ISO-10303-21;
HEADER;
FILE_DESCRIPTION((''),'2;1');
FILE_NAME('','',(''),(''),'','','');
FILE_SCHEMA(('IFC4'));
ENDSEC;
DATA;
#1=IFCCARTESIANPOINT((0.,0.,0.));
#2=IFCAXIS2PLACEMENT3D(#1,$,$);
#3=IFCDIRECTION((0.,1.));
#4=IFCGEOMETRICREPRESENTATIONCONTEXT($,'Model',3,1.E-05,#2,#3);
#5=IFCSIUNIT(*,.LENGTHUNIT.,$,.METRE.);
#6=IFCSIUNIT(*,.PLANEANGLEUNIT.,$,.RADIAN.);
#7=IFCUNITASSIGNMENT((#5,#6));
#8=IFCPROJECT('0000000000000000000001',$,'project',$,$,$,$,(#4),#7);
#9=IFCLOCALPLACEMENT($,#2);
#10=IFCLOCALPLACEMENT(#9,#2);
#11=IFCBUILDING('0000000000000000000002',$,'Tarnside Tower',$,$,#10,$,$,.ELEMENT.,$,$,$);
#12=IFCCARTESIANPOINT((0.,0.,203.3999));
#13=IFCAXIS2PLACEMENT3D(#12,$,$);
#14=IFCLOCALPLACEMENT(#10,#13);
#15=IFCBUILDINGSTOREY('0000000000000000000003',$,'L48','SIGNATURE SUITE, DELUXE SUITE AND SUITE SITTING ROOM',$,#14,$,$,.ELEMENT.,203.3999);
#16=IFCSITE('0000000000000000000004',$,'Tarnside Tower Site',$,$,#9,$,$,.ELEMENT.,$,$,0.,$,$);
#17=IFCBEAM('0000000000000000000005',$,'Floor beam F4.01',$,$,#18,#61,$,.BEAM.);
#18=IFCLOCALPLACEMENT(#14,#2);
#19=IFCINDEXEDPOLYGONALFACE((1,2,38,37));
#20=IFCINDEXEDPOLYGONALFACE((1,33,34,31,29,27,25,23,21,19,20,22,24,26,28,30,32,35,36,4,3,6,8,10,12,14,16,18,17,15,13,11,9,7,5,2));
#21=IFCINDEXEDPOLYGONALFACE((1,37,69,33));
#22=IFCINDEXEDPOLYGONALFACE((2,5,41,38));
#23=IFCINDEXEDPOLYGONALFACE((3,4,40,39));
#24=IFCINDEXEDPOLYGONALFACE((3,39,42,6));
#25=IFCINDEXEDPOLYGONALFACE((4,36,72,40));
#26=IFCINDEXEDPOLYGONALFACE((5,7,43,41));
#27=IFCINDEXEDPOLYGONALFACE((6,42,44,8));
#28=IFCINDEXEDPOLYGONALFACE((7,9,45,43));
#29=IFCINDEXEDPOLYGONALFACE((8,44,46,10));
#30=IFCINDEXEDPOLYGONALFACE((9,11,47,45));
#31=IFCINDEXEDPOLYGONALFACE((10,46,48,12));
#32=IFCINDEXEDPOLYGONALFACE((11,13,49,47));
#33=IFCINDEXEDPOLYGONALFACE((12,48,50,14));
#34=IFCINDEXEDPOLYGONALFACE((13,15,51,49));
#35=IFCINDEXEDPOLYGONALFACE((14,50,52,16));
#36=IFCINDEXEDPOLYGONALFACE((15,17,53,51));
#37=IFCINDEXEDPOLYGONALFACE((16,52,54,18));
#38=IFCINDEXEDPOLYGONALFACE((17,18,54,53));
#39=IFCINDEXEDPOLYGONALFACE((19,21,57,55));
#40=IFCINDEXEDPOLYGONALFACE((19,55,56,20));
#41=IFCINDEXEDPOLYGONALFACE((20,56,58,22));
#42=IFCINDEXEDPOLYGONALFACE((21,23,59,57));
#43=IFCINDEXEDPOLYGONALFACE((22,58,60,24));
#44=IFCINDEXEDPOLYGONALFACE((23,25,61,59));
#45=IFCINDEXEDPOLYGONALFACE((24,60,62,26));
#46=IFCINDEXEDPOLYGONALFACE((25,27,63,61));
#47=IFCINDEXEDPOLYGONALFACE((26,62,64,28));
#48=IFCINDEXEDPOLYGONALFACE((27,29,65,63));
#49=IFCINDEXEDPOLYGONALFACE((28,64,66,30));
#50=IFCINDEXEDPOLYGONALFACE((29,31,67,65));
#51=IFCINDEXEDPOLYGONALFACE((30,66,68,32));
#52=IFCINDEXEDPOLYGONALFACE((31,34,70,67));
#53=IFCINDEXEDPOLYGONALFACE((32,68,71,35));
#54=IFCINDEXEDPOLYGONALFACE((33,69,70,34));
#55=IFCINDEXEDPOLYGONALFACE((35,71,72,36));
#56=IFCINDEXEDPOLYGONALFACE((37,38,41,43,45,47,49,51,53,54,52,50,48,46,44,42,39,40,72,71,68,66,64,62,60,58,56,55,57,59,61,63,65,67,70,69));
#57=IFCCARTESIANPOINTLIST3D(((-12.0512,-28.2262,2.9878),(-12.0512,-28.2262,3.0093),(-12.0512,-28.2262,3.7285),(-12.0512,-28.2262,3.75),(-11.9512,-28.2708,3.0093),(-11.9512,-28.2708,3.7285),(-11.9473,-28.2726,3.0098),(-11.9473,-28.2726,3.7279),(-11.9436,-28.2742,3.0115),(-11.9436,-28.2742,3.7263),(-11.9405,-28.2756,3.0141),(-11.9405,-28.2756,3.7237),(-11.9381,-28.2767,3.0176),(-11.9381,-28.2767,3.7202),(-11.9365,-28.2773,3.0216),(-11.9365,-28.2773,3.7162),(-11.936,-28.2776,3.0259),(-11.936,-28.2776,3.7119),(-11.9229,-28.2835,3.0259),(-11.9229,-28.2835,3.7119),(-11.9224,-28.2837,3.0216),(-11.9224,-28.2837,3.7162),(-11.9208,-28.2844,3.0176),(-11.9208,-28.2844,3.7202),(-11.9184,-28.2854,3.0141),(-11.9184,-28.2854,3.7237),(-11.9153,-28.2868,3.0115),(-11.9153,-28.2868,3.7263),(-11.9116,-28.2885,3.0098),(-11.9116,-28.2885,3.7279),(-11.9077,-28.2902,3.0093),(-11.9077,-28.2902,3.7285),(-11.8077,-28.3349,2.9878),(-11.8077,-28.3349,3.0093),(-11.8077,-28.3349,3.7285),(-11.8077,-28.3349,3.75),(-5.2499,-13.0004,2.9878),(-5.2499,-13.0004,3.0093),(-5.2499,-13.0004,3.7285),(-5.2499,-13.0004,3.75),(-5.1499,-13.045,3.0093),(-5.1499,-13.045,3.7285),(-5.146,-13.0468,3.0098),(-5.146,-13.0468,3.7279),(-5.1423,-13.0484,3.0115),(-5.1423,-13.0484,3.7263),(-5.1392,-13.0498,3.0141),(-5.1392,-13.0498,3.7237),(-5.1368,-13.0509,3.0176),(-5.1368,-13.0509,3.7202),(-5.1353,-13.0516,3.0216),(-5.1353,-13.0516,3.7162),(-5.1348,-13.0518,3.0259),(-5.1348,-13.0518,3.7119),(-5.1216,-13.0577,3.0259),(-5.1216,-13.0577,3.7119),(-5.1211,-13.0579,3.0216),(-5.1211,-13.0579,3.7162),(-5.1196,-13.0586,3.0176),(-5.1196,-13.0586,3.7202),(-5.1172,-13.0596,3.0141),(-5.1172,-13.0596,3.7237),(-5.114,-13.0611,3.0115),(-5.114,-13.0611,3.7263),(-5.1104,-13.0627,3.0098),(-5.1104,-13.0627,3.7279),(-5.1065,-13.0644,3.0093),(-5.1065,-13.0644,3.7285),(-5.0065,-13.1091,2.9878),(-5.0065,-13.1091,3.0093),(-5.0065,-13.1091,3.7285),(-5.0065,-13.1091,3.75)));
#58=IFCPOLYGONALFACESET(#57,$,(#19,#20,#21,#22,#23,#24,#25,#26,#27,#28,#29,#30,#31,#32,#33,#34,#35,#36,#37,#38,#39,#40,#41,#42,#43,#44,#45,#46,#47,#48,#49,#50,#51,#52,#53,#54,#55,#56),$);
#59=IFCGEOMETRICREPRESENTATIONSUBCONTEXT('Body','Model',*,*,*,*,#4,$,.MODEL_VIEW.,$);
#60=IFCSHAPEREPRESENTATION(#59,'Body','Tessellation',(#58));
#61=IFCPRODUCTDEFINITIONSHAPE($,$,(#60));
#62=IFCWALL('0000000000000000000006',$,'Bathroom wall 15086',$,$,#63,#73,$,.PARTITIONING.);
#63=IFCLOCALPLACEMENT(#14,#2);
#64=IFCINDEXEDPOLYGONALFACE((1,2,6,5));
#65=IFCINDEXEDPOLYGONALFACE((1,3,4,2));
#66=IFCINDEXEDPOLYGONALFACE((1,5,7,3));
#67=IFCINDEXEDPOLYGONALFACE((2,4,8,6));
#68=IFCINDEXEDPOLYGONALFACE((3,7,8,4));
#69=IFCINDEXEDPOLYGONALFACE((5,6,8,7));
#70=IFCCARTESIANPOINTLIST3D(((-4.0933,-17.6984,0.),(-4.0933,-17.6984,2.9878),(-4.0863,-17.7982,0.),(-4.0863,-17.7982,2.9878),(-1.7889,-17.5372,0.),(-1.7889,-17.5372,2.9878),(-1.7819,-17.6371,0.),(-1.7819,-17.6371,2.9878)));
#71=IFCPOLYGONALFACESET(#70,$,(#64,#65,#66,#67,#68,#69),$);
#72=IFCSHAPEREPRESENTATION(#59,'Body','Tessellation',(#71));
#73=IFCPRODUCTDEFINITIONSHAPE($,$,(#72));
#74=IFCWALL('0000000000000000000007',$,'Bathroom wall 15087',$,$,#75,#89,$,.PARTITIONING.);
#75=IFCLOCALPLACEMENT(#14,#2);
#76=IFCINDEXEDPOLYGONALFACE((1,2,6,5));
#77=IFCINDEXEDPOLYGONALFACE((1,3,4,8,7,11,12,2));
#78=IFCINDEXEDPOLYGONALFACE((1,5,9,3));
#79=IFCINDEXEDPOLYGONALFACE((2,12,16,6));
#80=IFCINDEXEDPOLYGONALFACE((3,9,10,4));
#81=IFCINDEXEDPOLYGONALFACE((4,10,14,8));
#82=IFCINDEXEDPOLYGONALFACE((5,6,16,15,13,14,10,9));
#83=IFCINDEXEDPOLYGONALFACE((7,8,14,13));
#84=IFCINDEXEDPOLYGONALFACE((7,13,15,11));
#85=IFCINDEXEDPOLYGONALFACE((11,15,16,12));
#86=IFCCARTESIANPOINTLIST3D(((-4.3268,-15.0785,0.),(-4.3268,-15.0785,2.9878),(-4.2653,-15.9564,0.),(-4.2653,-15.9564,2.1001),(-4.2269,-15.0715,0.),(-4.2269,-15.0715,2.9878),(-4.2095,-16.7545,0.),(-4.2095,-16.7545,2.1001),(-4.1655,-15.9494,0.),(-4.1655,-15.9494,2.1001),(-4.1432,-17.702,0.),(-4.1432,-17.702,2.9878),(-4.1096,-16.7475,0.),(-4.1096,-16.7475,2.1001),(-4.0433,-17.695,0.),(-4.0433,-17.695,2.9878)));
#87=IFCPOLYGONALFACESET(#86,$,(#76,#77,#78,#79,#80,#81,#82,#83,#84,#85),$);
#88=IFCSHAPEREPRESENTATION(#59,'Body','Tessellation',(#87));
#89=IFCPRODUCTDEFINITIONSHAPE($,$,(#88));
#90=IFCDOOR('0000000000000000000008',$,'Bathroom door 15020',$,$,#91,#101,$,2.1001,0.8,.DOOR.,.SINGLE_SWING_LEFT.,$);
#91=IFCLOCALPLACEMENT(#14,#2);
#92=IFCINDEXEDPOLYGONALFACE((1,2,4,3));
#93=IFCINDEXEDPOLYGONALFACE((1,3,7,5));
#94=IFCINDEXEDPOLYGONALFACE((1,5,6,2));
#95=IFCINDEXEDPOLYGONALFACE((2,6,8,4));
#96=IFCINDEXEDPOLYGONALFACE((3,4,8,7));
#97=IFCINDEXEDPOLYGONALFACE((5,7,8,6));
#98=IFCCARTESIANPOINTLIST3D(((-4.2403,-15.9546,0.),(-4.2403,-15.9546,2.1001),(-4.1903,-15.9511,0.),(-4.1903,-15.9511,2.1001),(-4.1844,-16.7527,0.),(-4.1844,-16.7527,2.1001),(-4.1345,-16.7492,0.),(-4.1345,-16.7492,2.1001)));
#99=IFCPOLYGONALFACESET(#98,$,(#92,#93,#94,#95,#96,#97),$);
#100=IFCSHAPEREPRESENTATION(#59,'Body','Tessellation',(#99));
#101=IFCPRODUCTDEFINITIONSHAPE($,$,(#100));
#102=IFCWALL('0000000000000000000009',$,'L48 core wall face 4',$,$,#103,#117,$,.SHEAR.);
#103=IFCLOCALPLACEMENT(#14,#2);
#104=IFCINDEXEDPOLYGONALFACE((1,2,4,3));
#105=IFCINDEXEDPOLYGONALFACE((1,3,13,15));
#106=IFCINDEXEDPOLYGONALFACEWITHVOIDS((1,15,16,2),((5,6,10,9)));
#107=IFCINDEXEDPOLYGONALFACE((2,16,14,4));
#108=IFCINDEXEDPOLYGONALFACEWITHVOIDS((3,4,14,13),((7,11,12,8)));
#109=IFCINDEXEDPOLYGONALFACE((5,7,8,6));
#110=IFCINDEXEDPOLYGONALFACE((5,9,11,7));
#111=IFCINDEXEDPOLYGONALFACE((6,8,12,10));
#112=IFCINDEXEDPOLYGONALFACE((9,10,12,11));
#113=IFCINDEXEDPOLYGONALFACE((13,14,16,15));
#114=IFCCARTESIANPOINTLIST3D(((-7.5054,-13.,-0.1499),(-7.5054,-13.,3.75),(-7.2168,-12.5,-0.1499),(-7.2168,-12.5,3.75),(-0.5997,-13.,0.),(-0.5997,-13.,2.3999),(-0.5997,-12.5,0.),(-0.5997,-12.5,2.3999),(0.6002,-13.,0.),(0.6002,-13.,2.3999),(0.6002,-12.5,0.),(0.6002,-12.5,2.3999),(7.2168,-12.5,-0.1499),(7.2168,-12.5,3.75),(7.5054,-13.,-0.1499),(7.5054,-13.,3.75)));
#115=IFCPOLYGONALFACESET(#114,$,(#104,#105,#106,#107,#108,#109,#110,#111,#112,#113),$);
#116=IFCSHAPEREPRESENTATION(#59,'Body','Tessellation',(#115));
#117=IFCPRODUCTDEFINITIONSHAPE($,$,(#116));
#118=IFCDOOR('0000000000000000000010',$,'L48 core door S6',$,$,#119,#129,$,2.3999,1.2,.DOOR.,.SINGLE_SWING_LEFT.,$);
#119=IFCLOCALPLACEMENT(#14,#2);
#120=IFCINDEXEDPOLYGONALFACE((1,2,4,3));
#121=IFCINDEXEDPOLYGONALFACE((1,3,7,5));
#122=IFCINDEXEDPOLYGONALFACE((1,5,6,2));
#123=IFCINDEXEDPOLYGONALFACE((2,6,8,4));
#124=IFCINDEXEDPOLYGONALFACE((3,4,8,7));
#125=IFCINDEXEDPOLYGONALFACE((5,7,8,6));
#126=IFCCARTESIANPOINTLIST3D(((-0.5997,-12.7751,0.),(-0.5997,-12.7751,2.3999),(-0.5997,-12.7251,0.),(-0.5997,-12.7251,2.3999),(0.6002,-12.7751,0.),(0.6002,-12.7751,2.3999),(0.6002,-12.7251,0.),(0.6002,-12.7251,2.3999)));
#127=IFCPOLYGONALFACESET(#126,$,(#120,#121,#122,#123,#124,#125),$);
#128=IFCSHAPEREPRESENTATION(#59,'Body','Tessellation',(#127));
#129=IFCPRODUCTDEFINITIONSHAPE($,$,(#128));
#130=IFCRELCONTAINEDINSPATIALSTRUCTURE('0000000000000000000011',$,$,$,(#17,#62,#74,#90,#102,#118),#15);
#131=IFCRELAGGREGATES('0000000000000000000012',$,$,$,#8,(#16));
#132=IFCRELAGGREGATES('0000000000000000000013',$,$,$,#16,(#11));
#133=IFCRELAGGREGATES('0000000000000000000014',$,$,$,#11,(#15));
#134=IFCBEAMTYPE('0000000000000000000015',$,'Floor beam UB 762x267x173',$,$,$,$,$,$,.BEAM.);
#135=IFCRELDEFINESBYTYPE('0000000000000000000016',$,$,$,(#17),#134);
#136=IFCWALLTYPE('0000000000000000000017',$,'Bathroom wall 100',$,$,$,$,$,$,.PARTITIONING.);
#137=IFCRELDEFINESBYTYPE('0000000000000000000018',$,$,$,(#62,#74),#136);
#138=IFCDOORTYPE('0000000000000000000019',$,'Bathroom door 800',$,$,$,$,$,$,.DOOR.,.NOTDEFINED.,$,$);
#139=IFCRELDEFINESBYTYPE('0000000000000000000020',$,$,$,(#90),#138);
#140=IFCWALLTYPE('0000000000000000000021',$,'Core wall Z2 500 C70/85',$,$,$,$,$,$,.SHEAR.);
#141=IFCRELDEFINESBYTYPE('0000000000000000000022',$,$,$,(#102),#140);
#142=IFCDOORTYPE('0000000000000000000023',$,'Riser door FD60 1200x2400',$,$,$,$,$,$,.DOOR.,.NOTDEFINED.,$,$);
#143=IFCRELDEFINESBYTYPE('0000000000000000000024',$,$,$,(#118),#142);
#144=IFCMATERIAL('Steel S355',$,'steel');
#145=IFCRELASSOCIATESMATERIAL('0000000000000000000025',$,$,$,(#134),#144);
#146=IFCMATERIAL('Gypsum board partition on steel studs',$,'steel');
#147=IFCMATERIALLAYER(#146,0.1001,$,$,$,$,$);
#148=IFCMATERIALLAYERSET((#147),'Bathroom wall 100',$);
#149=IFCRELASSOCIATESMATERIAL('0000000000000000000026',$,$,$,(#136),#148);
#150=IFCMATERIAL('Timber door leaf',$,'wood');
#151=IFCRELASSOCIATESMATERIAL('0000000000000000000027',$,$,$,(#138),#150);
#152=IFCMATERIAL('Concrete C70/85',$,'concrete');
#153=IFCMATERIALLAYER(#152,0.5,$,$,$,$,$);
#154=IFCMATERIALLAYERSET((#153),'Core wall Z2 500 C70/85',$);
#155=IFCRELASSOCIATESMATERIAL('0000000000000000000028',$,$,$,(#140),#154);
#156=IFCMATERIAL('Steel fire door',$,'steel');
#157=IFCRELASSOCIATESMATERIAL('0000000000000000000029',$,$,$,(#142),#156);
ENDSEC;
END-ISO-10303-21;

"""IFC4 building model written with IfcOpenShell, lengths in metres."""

from ifc_helpers import new_model, si_unit, direction, frame, frame_2d, origin, origin_2d, place, context, subcontext, project, spatial, polyline, rectangle, i_section, outline, extrude, material, layer, layer_set, material_profile, profile_set, type_object, element, fill, save


model = new_model("IFC4")

# Units and contexts
model_context = context("Model", 3, precision=1e-05, world=origin(), true_north=direction((0.0, 1.0)))
body_context = subcontext(model_context, "Body", "Model", "MODEL_VIEW")
ifc_project = project(units=[si_unit("LENGTHUNIT", "METRE"), si_unit("PLANEANGLEUNIT", "RADIAN")], contexts=[model_context])

# Site, building, storey
site_placement = place(None, origin())
site = spatial("IfcSite", under=ifc_project, at=site_placement, Name="Tarnside Tower Site", CompositionType="ELEMENT", RefElevation=0.0)
building_placement = place(site_placement, origin())
building = spatial("IfcBuilding", under=site, at=building_placement, Name="Tarnside Tower", CompositionType="ELEMENT")
storey_placement = place(building_placement, frame((0.0, 0.0, 203.3999)))
storey = spatial("IfcBuildingStorey", under=building, at=storey_placement, Name="L48", Description="SIGNATURE SUITE, DELUXE SUITE AND SUITE SITTING ROOM", CompositionType="ELEMENT", Elevation=203.3999)

# Beam
ifc_material_1 = material(Name="Steel S355", Category="steel")
ifc_material_profile_1 = material_profile(ifc_material_1, i_section(OverallWidth=0.2666, OverallDepth=0.7622, WebThickness=0.0144, FlangeThickness=0.0215, FilletRadius=0.0166, at=origin_2d()), Name="UB 762x267x173")
ifc_profile_set_1 = profile_set([ifc_material_profile_1], Name="Steel S355")
beam_type_1 = type_object("IfcBeamType", Name="Floor beam UB 762x267x173", PredefinedType="BEAM", material=ifc_profile_set_1)
beam_1_placement = place(storey_placement, frame((-11.9294, -28.2805, 3.3689), z_axis=(0.407852, 0.913048, 0.0), x_axis=(-0.913048, 0.407852, 0.0)))
element("IfcBeam", 1, at=beam_1_placement, inside=storey, type_object=beam_type_1, Name="Floor beam F4.01", PredefinedType="BEAM", context=body_context, shape_type="SweptSolid", body=[
    extrude(i_section(OverallWidth=0.2666, OverallDepth=0.7622, WebThickness=0.0144, FlangeThickness=0.0215, FilletRadius=0.0166, at=origin_2d()), origin(), (0.0, 0.0, 1.0), 16.6758),
])

# Wall
ifc_material_2 = material(Name="Gypsum board partition on steel studs", Category="steel")
ifc_layer_1 = layer(ifc_material_2, 0.1001)
ifc_layer_set_1 = layer_set([ifc_layer_1], Name="Bathroom wall 100")
wall_type_1 = type_object("IfcWallType", Name="Bathroom wall 100", PredefinedType="PARTITIONING", material=ifc_layer_set_1)
wall_1_placement = place(storey_placement, frame((-1.7854, -17.5872, 0.0), z_axis=(0.0, 0.0, 1.0), x_axis=(-0.997564, -0.069752, 0.0)))
element("IfcWall", 2, at=wall_1_placement, inside=storey, type_object=wall_type_1, Name="Bathroom wall 15086", PredefinedType="PARTITIONING", context=body_context, shape_type="SweptSolid", body=[
    extrude(rectangle(XDim=2.3101, YDim=0.1001, at=frame_2d((1.155, 0.0))), origin(), (0.0, 0.0, 1.0), 2.9878),
])

# Walls, openings, doors
wall_2_placement = place(storey_placement, frame((-4.0933, -17.6985, 0.0), z_axis=(0.0, 0.0, 1.0), x_axis=(-0.069809, 0.99756, 0.0)))
wall_2 = element("IfcWall", 3, at=wall_2_placement, inside=storey, type_object=wall_type_1, Name="Bathroom wall 15087", PredefinedType="PARTITIONING", context=body_context, shape_type="SweptSolid", body=[
    extrude(rectangle(XDim=2.6299, YDim=0.1001, at=frame_2d((1.3149, 0.0))), origin(), (0.0, 0.0, 1.0), 2.9878),
])
opening_1_placement = place(wall_2_placement, frame((0.95, 0.0, 0.0)))
opening_1 = element("IfcOpeningElement", 4, at=opening_1_placement, cuts=wall_2, PredefinedType="OPENING", context=body_context, shape_type="SweptSolid", body=[
    extrude(rectangle(XDim=0.8, YDim=2.1001, at=frame_2d((0.3999, 1.05))), frame((0.0, 0.0601, 0.0), z_axis=(0.0, -1.0, 0.0), x_axis=(1.0, 0.0, 0.0)), (0.0, 0.0, 1.0), 0.1201),
])
ifc_material_3 = material(Name="Timber door leaf", Category="wood")
door_type_1 = type_object("IfcDoorType", Name="Bathroom door 800", OperationType="NOTDEFINED", PredefinedType="DOOR", material=ifc_material_3)
door_1_placement = place(opening_1_placement, origin())
door_1 = element("IfcDoor", 5, at=door_1_placement, inside=storey, type_object=door_type_1, Name="Bathroom door 15020", OperationType="SINGLE_SWING_LEFT", OverallHeight=2.1001, OverallWidth=0.8, PredefinedType="DOOR", context=body_context, shape_type="SweptSolid", body=[
    extrude(rectangle(XDim=0.8, YDim=2.1001, at=frame_2d((0.3999, 1.05))), frame((0.0, 0.0249, 0.0), z_axis=(0.0, -1.0, 0.0), x_axis=(1.0, 0.0, 0.0)), (0.0, 0.0, 1.0), 0.05),
])
fill(opening_1, door_1)
ifc_material_4 = material(Name="Concrete C70/85", Category="concrete")
ifc_layer_2 = layer(ifc_material_4, 0.5)
ifc_layer_set_2 = layer_set([ifc_layer_2], Name="Core wall Z2 500 C70/85")
wall_type_2 = type_object("IfcWallType", Name="Core wall Z2 500 C70/85", PredefinedType="SHEAR", material=ifc_layer_set_2)
wall_3_placement = place(storey_placement, frame((-7.3611, -12.75, -0.1499), z_axis=(0.0, 0.0, 1.0), x_axis=(1.0, 0.0, 0.0)))
wall_3 = element("IfcWall", 6, at=wall_3_placement, inside=storey, type_object=wall_type_2, Name="L48 core wall face 4", PredefinedType="SHEAR", context=body_context, shape_type="SweptSolid", body=[
    extrude(outline(polyline([(-0.1443, -0.25), (14.8665, -0.25), (14.5779, 0.25), (0.1443, 0.25), (-0.1443, -0.25)])), origin(), (0.0, 0.0, 1.0), 3.8999),
])
opening_2_placement = place(wall_3_placement, frame((6.7612, 0.0, 0.1499)))
opening_2 = element("IfcOpeningElement", 7, at=opening_2_placement, cuts=wall_3, PredefinedType="OPENING", context=body_context, shape_type="SweptSolid", body=[
    extrude(rectangle(XDim=1.2, YDim=2.3999, at=frame_2d((0.6001, 1.2))), frame((0.0, 0.26, 0.0), z_axis=(0.0, -1.0, 0.0), x_axis=(1.0, 0.0, 0.0)), (0.0, 0.0, 1.0), 0.52),
])
ifc_material_5 = material(Name="Steel fire door", Category="steel")
door_type_2 = type_object("IfcDoorType", Name="Riser door FD60 1200x2400", OperationType="NOTDEFINED", PredefinedType="DOOR", material=ifc_material_5)
door_2_placement = place(opening_2_placement, origin())
door_2 = element("IfcDoor", 8, at=door_2_placement, inside=storey, type_object=door_type_2, Name="L48 core door S6", OperationType="SINGLE_SWING_LEFT", OverallHeight=2.3999, OverallWidth=1.2, PredefinedType="DOOR", context=body_context, shape_type="SweptSolid", body=[
    extrude(rectangle(XDim=1.2, YDim=2.3999, at=frame_2d((0.6001, 1.2))), frame((0.0, 0.0249, 0.0), z_axis=(0.0, -1.0, 0.0), x_axis=(1.0, 0.0, 0.0)), (0.0, 0.0, 1.0), 0.05),
])
fill(opening_2, door_2)

save(model, "model.ifc")
